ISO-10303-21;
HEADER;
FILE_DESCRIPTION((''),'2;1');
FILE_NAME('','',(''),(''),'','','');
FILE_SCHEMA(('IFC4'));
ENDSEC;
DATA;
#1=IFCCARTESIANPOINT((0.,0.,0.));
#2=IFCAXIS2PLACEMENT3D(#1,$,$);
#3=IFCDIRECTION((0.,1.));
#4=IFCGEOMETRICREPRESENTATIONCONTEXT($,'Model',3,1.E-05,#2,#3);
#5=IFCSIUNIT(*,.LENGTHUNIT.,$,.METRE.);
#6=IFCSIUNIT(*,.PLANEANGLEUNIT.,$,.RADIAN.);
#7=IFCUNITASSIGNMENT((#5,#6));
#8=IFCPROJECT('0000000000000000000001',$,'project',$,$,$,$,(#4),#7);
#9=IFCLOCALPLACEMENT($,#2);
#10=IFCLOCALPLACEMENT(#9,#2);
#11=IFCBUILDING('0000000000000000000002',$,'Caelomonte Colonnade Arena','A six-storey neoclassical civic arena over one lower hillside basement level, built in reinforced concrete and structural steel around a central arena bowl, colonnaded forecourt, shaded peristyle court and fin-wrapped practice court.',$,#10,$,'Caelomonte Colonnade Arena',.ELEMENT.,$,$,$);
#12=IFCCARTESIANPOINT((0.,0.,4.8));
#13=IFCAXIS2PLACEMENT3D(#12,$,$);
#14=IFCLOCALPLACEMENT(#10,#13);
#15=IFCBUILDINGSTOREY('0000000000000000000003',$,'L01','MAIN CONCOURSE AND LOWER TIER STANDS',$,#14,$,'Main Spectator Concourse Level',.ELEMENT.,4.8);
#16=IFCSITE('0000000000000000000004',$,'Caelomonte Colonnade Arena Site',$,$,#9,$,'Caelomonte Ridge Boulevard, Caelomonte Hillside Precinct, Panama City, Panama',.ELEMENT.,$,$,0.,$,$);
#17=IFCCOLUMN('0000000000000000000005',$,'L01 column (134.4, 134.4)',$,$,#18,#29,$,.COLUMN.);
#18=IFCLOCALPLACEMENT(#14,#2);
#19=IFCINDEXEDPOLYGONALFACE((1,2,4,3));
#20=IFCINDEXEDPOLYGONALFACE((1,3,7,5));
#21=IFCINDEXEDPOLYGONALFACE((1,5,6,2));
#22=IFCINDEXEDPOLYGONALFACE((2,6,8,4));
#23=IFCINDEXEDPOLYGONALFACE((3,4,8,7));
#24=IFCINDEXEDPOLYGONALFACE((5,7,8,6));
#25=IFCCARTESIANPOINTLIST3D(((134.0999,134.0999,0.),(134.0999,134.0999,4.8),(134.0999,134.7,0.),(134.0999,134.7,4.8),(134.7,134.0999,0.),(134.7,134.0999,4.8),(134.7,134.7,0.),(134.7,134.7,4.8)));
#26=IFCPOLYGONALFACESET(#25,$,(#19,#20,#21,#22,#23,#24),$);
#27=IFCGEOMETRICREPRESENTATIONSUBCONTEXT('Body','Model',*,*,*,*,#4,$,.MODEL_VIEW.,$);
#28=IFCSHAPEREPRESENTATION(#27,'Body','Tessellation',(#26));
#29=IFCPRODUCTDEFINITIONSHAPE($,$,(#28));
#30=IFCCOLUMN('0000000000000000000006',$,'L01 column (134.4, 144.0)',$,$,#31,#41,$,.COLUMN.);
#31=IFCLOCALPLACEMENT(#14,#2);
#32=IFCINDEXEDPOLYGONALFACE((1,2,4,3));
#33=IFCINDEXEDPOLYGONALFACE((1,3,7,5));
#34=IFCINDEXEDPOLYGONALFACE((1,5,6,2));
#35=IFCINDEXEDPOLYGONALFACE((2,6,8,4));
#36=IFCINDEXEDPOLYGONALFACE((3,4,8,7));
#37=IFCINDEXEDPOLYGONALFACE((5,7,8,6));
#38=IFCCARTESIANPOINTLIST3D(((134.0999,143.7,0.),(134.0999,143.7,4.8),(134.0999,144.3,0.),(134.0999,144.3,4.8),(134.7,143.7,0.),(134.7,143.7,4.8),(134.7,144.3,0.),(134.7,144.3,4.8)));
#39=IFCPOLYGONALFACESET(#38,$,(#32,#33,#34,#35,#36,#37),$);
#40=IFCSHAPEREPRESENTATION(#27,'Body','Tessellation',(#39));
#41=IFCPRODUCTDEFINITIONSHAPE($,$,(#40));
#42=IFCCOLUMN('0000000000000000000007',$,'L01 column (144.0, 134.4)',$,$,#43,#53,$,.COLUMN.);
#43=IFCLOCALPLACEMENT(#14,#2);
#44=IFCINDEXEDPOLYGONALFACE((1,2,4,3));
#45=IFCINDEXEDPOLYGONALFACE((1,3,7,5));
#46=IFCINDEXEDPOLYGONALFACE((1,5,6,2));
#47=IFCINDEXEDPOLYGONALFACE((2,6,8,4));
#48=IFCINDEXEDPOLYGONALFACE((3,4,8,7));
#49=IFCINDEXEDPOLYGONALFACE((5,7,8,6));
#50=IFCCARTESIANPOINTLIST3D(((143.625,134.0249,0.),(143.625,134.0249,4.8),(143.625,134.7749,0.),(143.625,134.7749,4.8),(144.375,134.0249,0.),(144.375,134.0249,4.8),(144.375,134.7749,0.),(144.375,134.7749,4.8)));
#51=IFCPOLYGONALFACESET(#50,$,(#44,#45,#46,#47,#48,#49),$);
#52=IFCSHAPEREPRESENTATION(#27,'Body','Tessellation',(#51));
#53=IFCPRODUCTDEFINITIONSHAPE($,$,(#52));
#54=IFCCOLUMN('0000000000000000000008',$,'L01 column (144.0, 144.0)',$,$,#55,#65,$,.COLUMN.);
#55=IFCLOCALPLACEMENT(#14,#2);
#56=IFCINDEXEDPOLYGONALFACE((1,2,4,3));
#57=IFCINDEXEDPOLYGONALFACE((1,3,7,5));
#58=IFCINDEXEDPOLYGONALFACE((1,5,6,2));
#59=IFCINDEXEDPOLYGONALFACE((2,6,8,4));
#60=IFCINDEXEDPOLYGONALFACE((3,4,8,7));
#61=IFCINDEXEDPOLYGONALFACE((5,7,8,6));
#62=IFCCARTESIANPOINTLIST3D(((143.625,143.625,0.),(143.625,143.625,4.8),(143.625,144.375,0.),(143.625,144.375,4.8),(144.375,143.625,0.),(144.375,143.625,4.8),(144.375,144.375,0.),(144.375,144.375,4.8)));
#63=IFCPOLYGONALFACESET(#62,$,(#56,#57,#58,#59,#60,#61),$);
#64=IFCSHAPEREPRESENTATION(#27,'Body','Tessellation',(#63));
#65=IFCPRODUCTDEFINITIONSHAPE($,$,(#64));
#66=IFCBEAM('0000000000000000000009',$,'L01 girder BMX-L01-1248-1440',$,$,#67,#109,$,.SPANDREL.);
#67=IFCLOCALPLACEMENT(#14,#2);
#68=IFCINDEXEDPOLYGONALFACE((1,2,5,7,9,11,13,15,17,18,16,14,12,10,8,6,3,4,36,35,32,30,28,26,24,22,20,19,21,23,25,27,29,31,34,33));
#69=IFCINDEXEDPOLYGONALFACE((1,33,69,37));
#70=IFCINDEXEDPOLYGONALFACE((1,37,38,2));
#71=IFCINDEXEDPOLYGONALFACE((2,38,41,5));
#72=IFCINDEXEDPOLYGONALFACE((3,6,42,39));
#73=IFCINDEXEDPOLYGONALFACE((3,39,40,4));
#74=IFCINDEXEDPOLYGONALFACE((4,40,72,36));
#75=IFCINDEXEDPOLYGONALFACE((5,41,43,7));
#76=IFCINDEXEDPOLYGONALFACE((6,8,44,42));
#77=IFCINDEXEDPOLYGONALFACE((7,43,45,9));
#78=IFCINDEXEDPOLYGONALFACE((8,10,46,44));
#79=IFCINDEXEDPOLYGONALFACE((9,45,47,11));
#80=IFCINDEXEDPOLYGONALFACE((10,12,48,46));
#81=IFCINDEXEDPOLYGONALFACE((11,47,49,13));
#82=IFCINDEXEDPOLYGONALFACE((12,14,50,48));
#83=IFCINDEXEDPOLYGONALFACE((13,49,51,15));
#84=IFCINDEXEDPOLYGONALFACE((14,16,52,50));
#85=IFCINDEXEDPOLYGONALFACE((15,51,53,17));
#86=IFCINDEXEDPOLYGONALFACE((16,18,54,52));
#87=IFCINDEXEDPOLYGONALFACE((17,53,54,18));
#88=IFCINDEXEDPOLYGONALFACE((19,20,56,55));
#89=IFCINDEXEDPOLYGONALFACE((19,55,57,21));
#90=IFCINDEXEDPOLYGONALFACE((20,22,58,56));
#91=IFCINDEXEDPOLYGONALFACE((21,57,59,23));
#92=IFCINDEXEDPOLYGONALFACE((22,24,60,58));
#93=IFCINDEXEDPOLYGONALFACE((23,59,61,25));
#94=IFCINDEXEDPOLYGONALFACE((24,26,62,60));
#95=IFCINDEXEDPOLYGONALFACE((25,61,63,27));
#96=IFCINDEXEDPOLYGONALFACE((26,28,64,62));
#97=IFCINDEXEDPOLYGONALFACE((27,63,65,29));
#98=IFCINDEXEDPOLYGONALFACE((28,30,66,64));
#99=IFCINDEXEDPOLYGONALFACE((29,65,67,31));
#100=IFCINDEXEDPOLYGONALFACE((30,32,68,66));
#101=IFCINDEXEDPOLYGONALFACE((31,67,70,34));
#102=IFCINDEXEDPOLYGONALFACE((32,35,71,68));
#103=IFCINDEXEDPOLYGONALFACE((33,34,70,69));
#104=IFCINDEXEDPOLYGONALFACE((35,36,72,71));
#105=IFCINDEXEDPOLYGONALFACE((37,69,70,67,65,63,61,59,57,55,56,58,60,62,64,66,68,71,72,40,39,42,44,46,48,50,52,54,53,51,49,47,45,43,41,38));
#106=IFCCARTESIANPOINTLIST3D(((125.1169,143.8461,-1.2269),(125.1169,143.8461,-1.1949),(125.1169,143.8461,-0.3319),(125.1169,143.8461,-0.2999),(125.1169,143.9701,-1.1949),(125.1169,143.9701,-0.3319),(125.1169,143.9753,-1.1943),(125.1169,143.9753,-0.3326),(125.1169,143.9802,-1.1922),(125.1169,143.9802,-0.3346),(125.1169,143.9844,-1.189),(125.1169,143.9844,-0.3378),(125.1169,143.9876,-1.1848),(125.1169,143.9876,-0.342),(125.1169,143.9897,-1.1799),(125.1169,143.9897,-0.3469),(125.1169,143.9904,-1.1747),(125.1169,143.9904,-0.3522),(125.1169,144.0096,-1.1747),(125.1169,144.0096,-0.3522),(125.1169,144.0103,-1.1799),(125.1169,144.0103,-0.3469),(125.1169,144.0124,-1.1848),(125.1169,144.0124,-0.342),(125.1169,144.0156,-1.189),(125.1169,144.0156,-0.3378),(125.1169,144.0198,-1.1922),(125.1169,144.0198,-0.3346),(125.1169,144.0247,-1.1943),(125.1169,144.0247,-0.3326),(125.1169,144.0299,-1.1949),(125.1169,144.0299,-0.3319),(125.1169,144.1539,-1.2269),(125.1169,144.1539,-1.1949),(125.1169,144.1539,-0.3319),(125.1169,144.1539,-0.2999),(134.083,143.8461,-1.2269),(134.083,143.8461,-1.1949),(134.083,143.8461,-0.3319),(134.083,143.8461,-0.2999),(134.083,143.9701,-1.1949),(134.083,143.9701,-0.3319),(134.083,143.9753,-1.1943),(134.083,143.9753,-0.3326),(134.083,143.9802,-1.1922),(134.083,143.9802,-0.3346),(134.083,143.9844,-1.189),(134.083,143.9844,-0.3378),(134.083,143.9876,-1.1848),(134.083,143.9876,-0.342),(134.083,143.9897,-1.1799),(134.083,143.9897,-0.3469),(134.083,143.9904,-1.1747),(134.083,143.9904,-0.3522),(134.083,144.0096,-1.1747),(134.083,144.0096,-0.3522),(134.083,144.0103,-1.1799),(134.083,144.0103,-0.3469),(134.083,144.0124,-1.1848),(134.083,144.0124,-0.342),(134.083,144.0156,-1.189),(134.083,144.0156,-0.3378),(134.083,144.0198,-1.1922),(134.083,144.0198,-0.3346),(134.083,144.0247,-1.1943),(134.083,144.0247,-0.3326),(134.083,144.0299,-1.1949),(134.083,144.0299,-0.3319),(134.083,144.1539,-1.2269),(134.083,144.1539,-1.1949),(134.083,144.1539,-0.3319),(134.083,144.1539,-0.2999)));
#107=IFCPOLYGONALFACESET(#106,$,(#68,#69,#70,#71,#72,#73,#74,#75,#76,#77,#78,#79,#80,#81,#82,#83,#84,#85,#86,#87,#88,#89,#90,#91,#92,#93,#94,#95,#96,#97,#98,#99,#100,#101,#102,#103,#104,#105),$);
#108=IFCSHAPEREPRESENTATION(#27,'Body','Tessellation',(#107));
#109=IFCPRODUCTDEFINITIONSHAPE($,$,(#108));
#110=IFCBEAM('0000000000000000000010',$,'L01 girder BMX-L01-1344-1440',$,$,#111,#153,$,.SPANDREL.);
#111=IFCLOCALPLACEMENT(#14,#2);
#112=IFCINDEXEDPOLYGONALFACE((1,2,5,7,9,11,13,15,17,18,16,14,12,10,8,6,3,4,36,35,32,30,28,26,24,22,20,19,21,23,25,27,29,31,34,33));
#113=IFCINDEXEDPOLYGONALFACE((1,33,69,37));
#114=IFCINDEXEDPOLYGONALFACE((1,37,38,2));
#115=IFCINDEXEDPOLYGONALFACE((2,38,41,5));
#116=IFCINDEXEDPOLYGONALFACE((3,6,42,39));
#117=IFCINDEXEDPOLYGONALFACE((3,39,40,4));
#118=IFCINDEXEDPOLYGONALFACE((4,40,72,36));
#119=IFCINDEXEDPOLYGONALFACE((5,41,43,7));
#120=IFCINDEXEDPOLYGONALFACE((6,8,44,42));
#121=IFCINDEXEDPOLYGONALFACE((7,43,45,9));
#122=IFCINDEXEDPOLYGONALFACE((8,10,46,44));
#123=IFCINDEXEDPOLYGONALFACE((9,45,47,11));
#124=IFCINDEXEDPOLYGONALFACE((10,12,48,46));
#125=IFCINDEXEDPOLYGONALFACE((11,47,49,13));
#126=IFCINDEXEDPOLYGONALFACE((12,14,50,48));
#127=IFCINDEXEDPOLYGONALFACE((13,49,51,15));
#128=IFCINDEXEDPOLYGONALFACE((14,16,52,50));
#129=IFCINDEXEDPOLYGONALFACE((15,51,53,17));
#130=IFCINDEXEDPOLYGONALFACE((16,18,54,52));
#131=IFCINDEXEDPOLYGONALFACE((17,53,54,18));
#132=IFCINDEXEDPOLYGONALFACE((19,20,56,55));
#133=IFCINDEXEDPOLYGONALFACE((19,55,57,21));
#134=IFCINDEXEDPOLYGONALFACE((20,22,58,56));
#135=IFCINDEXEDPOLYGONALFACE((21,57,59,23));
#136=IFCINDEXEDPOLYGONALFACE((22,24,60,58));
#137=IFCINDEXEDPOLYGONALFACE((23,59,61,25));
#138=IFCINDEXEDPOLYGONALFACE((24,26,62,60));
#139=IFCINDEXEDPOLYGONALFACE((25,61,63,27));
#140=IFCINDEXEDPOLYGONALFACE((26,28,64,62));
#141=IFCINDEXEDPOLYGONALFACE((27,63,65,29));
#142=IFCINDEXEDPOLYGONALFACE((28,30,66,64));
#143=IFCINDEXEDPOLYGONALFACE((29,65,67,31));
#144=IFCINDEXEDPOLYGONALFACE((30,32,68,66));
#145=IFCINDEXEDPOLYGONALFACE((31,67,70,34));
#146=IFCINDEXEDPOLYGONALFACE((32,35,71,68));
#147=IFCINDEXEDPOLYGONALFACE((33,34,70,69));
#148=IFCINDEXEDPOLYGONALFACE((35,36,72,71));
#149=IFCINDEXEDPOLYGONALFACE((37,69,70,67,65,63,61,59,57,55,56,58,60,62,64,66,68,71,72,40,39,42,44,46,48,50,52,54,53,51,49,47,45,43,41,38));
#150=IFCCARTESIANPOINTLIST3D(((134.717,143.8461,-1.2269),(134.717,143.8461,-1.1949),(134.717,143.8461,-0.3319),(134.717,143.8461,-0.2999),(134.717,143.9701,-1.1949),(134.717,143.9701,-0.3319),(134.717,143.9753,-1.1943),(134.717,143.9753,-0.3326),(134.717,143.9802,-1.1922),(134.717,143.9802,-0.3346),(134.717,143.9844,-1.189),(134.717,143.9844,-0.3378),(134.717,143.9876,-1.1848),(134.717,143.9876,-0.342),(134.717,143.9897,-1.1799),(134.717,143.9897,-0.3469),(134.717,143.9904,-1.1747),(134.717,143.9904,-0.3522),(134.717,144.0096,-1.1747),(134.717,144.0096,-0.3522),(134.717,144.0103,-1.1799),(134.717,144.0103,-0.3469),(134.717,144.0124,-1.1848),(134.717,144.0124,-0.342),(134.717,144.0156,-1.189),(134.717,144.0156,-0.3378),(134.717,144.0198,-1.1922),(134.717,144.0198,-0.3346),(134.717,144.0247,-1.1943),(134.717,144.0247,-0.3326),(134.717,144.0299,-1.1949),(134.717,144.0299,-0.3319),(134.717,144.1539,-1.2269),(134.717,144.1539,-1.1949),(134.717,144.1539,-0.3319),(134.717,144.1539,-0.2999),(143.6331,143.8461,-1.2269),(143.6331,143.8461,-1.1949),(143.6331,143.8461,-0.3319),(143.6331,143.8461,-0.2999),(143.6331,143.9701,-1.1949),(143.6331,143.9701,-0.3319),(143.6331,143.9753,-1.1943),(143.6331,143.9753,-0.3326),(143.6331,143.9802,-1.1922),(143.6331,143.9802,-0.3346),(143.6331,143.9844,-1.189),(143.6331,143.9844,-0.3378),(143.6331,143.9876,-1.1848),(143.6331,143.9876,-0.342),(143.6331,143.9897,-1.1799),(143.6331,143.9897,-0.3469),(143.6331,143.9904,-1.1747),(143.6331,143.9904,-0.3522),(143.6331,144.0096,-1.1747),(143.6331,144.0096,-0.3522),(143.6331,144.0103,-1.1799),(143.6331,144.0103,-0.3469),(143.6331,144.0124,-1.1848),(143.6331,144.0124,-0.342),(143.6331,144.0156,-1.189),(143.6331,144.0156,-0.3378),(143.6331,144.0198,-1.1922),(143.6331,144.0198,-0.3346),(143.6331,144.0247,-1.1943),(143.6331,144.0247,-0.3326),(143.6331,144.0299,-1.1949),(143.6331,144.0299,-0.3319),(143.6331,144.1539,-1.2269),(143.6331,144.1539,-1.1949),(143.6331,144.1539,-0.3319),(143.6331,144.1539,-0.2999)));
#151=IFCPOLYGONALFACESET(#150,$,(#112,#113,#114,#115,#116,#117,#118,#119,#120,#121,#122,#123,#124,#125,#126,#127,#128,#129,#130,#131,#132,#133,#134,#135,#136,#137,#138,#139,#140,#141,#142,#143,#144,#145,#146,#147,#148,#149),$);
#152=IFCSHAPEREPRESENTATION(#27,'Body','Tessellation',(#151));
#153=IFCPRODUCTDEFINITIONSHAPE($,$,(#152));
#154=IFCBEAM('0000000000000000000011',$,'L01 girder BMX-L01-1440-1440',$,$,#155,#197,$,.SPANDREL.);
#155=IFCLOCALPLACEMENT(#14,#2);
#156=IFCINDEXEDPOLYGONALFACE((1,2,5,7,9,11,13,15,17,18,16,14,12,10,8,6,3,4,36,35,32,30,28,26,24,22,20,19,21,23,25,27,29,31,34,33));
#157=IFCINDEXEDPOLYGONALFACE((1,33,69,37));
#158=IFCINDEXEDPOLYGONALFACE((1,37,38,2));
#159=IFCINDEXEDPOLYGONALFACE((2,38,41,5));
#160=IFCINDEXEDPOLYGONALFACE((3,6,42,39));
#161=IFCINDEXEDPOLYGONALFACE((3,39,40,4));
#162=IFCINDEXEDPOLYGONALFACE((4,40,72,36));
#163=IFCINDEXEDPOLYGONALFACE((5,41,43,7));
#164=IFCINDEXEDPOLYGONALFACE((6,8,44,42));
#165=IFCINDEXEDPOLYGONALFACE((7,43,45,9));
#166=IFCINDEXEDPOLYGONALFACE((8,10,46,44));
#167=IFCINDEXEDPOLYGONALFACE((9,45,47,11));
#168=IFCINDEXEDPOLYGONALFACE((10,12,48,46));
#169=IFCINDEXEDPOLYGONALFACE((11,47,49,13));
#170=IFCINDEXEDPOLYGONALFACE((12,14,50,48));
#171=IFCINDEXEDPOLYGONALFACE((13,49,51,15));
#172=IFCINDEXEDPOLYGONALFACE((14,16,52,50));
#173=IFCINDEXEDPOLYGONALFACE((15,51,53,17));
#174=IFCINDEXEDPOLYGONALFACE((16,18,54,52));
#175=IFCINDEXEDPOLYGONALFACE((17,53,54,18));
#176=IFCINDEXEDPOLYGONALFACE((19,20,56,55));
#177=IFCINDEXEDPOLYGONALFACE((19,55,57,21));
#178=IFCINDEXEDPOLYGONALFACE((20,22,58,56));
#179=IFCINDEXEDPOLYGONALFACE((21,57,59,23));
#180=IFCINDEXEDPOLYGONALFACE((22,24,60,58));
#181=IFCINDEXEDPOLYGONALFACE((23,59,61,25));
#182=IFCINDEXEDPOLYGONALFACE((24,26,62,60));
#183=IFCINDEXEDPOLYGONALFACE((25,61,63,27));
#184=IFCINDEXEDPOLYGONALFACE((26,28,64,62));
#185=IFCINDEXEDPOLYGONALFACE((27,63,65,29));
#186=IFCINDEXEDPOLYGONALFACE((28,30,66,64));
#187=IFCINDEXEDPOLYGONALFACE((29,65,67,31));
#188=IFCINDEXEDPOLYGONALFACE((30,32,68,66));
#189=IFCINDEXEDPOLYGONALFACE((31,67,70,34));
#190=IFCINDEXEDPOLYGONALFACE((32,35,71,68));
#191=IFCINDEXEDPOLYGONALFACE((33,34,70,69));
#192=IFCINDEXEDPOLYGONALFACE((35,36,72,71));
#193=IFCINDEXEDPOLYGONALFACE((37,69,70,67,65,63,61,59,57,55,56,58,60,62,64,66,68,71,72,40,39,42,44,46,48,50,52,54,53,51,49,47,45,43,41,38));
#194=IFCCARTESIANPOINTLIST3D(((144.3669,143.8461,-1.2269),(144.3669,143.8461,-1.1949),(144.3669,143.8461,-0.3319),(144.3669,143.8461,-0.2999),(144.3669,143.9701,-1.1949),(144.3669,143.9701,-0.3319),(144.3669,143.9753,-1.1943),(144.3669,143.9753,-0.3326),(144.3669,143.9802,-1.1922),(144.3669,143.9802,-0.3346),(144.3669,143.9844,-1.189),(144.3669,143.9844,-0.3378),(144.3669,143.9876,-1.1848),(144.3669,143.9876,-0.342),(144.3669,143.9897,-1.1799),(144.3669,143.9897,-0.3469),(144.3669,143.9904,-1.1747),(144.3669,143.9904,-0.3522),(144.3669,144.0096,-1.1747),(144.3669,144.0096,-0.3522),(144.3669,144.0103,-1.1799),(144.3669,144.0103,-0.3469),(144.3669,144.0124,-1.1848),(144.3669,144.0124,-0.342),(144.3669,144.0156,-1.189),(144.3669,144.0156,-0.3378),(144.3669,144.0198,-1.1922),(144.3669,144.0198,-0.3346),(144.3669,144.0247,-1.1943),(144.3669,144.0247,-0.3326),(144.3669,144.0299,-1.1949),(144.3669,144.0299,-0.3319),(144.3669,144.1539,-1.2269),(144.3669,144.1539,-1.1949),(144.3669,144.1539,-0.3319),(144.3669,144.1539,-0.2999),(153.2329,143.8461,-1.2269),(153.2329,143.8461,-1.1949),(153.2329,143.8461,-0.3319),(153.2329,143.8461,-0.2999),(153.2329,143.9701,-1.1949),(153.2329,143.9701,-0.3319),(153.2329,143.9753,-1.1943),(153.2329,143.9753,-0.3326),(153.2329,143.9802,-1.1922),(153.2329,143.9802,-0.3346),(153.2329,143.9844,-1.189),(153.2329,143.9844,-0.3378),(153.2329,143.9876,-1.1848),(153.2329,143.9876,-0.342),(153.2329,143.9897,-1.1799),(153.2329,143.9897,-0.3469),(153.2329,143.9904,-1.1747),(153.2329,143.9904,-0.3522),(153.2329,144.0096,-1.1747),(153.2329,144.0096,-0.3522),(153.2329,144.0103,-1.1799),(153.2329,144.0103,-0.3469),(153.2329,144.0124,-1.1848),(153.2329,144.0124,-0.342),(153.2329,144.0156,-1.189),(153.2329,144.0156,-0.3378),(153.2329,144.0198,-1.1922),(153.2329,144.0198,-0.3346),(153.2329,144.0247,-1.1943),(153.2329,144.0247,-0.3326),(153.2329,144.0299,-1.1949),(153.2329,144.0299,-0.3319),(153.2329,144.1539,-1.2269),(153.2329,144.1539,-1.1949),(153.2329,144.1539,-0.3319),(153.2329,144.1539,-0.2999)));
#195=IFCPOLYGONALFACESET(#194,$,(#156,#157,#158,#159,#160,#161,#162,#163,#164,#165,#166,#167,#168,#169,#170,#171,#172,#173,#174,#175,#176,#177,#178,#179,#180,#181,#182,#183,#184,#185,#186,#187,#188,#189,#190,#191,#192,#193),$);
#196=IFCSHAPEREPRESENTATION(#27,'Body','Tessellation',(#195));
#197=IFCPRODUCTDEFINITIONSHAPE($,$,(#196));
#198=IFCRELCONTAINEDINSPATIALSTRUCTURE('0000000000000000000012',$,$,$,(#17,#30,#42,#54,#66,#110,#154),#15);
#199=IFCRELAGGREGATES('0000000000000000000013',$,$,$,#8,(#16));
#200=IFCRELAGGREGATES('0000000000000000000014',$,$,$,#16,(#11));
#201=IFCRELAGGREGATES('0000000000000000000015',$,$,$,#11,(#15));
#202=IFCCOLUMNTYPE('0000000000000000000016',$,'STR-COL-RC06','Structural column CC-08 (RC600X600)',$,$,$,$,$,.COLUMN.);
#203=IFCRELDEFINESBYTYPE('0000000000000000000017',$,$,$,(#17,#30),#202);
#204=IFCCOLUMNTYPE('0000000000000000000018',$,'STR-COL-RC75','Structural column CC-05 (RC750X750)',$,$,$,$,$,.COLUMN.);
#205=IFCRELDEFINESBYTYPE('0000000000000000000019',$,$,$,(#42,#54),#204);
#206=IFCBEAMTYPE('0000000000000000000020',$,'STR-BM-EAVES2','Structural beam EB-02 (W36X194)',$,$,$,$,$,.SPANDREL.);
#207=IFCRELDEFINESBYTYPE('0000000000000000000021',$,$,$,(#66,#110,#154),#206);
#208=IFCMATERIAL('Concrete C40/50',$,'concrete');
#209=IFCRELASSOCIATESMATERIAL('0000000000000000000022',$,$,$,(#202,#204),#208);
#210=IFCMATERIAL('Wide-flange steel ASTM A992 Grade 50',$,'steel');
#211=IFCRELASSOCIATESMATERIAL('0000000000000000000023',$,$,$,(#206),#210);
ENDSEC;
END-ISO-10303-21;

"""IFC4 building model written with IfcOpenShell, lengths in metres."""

from ifc_helpers import new_model, si_unit, direction, frame, origin, origin_2d, place, context, subcontext, project, spatial, rectangle, i_section, extrude, material, material_profile, profile_set, type_object, element, save


model = new_model("IFC4")

# Units and contexts
model_context = context("Model", 3, precision=1e-05, world=origin(), true_north=direction((0.0, 1.0)))
body_context = subcontext(model_context, "Body", "Model", "MODEL_VIEW")
ifc_project = project(units=[si_unit("LENGTHUNIT", "METRE"), si_unit("PLANEANGLEUNIT", "RADIAN")], contexts=[model_context])

# Site, building, storey
site_placement = place(None, origin())
site = spatial("IfcSite", under=ifc_project, at=site_placement, Name="Caelomonte Colonnade Arena Site", LongName="Caelomonte Ridge Boulevard, Caelomonte Hillside Precinct, Panama City, Panama", CompositionType="ELEMENT", RefElevation=0.0)
building_placement = place(site_placement, origin())
building = spatial("IfcBuilding", under=site, at=building_placement, Name="Caelomonte Colonnade Arena", Description="A six-storey neoclassical civic arena over one lower hillside basement level, built in reinforced concrete and structural steel around a central arena bowl, colonnaded forecourt, shaded peristyle court and fin-wrapped practice court.", LongName="Caelomonte Colonnade Arena", CompositionType="ELEMENT")
storey_placement = place(building_placement, frame((0.0, 0.0, 4.8)))
storey = spatial("IfcBuildingStorey", under=building, at=storey_placement, Name="L01", Description="MAIN CONCOURSE AND LOWER TIER STANDS", LongName="Main Spectator Concourse Level", CompositionType="ELEMENT", Elevation=4.8)

# Columns
ifc_material_1 = material(Name="Concrete C40/50", Category="concrete")
ifc_material_profile_1 = material_profile(ifc_material_1, rectangle(XDim=0.6001, YDim=0.6001, at=origin_2d()), Name="RC600X600")
ifc_profile_set_1 = profile_set([ifc_material_profile_1], Name="Concrete C40/50")
column_type_1 = type_object("IfcColumnType", Name="STR-COL-RC06", Description="Structural column CC-08 (RC600X600)", PredefinedType="COLUMN", material=ifc_profile_set_1)
for number, where, z_axis, x_axis, name in (
    (1, (134.3999, 134.3999, 0.0), (0.0, 0.0, 1.0), (1.0, 0.0, 0.0), "L01 column (134.4, 134.4)"),
    (2, (134.3999, 144.0, 0.0), (0.0, 0.0, 1.0), (1.0, 0.0, 0.0), "L01 column (134.4, 144.0)"),
):
    element("IfcColumn", number, at=place(storey_placement, frame(where, z_axis=z_axis, x_axis=x_axis)), inside=storey, type_object=column_type_1, Name=name, PredefinedType="COLUMN", context=body_context, shape_type="SweptSolid", body=[
        extrude(rectangle(XDim=0.6001, YDim=0.6001, at=origin_2d()), origin(), (0.0, 0.0, 1.0), 4.8),
    ])
ifc_material_profile_2 = material_profile(ifc_material_1, rectangle(XDim=0.75, YDim=0.75, at=origin_2d()), Name="RC750X750")
ifc_profile_set_2 = profile_set([ifc_material_profile_2], Name="Concrete C40/50")
column_type_2 = type_object("IfcColumnType", Name="STR-COL-RC75", Description="Structural column CC-05 (RC750X750)", PredefinedType="COLUMN", material=ifc_profile_set_2)
for number, where, z_axis, x_axis, name in (
    (3, (144.0, 134.3999, 0.0), (0.0, 0.0, 1.0), (1.0, 0.0, 0.0), "L01 column (144.0, 134.4)"),
    (4, (144.0, 144.0, 0.0), (0.0, 0.0, 1.0), (1.0, 0.0, 0.0), "L01 column (144.0, 144.0)"),
):
    element("IfcColumn", number, at=place(storey_placement, frame(where, z_axis=z_axis, x_axis=x_axis)), inside=storey, type_object=column_type_2, Name=name, PredefinedType="COLUMN", context=body_context, shape_type="SweptSolid", body=[
        extrude(rectangle(XDim=0.75, YDim=0.75, at=origin_2d()), origin(), (0.0, 0.0, 1.0), 4.8),
    ])

# Beams
ifc_material_2 = material(Name="Wide-flange steel ASTM A992 Grade 50", Category="steel")
ifc_material_profile_3 = material_profile(ifc_material_2, i_section(OverallWidth=0.3079, OverallDepth=0.927, WebThickness=0.0193, FlangeThickness=0.032, FilletRadius=0.0203, at=origin_2d()), Name="W36X194")
ifc_profile_set_3 = profile_set([ifc_material_profile_3], Name="Wide-flange steel ASTM A992 Grade 50")
beam_type_1 = type_object("IfcBeamType", Name="STR-BM-EAVES2", Description="Structural beam EB-02 (W36X194)", PredefinedType="SPANDREL", material=ifc_profile_set_3)
beam_1_placement = place(storey_placement, frame((125.1169, 144.0, -0.7634), z_axis=(1.0, 0.0, 0.0), x_axis=(0.0, 1.0, 0.0)))
element("IfcBeam", 5, at=beam_1_placement, inside=storey, type_object=beam_type_1, Name="L01 girder BMX-L01-1248-1440", PredefinedType="SPANDREL", context=body_context, shape_type="SweptSolid", body=[
    extrude(i_section(OverallWidth=0.3079, OverallDepth=0.927, WebThickness=0.0193, FlangeThickness=0.032, FilletRadius=0.0203, at=origin_2d()), origin(), (0.0, 0.0, 1.0), 8.9661),
])
beam_2_placement = place(storey_placement, frame((134.717, 144.0, -0.7634), z_axis=(1.0, 0.0, 0.0), x_axis=(0.0, 1.0, 0.0)))
element("IfcBeam", 6, at=beam_2_placement, inside=storey, type_object=beam_type_1, Name="L01 girder BMX-L01-1344-1440", PredefinedType="SPANDREL", context=body_context, shape_type="SweptSolid", body=[
    extrude(i_section(OverallWidth=0.3079, OverallDepth=0.927, WebThickness=0.0193, FlangeThickness=0.032, FilletRadius=0.0203, at=origin_2d()), origin(), (0.0, 0.0, 1.0), 8.916),
])
beam_3_placement = place(storey_placement, frame((144.3669, 144.0, -0.7634), z_axis=(1.0, 0.0, 0.0), x_axis=(0.0, 1.0, 0.0)))
element("IfcBeam", 7, at=beam_3_placement, inside=storey, type_object=beam_type_1, Name="L01 girder BMX-L01-1440-1440", PredefinedType="SPANDREL", context=body_context, shape_type="SweptSolid", body=[
    extrude(i_section(OverallWidth=0.3079, OverallDepth=0.927, WebThickness=0.0193, FlangeThickness=0.032, FilletRadius=0.0203, at=origin_2d()), origin(), (0.0, 0.0, 1.0), 8.866),
])

save(model, "model.ifc")
